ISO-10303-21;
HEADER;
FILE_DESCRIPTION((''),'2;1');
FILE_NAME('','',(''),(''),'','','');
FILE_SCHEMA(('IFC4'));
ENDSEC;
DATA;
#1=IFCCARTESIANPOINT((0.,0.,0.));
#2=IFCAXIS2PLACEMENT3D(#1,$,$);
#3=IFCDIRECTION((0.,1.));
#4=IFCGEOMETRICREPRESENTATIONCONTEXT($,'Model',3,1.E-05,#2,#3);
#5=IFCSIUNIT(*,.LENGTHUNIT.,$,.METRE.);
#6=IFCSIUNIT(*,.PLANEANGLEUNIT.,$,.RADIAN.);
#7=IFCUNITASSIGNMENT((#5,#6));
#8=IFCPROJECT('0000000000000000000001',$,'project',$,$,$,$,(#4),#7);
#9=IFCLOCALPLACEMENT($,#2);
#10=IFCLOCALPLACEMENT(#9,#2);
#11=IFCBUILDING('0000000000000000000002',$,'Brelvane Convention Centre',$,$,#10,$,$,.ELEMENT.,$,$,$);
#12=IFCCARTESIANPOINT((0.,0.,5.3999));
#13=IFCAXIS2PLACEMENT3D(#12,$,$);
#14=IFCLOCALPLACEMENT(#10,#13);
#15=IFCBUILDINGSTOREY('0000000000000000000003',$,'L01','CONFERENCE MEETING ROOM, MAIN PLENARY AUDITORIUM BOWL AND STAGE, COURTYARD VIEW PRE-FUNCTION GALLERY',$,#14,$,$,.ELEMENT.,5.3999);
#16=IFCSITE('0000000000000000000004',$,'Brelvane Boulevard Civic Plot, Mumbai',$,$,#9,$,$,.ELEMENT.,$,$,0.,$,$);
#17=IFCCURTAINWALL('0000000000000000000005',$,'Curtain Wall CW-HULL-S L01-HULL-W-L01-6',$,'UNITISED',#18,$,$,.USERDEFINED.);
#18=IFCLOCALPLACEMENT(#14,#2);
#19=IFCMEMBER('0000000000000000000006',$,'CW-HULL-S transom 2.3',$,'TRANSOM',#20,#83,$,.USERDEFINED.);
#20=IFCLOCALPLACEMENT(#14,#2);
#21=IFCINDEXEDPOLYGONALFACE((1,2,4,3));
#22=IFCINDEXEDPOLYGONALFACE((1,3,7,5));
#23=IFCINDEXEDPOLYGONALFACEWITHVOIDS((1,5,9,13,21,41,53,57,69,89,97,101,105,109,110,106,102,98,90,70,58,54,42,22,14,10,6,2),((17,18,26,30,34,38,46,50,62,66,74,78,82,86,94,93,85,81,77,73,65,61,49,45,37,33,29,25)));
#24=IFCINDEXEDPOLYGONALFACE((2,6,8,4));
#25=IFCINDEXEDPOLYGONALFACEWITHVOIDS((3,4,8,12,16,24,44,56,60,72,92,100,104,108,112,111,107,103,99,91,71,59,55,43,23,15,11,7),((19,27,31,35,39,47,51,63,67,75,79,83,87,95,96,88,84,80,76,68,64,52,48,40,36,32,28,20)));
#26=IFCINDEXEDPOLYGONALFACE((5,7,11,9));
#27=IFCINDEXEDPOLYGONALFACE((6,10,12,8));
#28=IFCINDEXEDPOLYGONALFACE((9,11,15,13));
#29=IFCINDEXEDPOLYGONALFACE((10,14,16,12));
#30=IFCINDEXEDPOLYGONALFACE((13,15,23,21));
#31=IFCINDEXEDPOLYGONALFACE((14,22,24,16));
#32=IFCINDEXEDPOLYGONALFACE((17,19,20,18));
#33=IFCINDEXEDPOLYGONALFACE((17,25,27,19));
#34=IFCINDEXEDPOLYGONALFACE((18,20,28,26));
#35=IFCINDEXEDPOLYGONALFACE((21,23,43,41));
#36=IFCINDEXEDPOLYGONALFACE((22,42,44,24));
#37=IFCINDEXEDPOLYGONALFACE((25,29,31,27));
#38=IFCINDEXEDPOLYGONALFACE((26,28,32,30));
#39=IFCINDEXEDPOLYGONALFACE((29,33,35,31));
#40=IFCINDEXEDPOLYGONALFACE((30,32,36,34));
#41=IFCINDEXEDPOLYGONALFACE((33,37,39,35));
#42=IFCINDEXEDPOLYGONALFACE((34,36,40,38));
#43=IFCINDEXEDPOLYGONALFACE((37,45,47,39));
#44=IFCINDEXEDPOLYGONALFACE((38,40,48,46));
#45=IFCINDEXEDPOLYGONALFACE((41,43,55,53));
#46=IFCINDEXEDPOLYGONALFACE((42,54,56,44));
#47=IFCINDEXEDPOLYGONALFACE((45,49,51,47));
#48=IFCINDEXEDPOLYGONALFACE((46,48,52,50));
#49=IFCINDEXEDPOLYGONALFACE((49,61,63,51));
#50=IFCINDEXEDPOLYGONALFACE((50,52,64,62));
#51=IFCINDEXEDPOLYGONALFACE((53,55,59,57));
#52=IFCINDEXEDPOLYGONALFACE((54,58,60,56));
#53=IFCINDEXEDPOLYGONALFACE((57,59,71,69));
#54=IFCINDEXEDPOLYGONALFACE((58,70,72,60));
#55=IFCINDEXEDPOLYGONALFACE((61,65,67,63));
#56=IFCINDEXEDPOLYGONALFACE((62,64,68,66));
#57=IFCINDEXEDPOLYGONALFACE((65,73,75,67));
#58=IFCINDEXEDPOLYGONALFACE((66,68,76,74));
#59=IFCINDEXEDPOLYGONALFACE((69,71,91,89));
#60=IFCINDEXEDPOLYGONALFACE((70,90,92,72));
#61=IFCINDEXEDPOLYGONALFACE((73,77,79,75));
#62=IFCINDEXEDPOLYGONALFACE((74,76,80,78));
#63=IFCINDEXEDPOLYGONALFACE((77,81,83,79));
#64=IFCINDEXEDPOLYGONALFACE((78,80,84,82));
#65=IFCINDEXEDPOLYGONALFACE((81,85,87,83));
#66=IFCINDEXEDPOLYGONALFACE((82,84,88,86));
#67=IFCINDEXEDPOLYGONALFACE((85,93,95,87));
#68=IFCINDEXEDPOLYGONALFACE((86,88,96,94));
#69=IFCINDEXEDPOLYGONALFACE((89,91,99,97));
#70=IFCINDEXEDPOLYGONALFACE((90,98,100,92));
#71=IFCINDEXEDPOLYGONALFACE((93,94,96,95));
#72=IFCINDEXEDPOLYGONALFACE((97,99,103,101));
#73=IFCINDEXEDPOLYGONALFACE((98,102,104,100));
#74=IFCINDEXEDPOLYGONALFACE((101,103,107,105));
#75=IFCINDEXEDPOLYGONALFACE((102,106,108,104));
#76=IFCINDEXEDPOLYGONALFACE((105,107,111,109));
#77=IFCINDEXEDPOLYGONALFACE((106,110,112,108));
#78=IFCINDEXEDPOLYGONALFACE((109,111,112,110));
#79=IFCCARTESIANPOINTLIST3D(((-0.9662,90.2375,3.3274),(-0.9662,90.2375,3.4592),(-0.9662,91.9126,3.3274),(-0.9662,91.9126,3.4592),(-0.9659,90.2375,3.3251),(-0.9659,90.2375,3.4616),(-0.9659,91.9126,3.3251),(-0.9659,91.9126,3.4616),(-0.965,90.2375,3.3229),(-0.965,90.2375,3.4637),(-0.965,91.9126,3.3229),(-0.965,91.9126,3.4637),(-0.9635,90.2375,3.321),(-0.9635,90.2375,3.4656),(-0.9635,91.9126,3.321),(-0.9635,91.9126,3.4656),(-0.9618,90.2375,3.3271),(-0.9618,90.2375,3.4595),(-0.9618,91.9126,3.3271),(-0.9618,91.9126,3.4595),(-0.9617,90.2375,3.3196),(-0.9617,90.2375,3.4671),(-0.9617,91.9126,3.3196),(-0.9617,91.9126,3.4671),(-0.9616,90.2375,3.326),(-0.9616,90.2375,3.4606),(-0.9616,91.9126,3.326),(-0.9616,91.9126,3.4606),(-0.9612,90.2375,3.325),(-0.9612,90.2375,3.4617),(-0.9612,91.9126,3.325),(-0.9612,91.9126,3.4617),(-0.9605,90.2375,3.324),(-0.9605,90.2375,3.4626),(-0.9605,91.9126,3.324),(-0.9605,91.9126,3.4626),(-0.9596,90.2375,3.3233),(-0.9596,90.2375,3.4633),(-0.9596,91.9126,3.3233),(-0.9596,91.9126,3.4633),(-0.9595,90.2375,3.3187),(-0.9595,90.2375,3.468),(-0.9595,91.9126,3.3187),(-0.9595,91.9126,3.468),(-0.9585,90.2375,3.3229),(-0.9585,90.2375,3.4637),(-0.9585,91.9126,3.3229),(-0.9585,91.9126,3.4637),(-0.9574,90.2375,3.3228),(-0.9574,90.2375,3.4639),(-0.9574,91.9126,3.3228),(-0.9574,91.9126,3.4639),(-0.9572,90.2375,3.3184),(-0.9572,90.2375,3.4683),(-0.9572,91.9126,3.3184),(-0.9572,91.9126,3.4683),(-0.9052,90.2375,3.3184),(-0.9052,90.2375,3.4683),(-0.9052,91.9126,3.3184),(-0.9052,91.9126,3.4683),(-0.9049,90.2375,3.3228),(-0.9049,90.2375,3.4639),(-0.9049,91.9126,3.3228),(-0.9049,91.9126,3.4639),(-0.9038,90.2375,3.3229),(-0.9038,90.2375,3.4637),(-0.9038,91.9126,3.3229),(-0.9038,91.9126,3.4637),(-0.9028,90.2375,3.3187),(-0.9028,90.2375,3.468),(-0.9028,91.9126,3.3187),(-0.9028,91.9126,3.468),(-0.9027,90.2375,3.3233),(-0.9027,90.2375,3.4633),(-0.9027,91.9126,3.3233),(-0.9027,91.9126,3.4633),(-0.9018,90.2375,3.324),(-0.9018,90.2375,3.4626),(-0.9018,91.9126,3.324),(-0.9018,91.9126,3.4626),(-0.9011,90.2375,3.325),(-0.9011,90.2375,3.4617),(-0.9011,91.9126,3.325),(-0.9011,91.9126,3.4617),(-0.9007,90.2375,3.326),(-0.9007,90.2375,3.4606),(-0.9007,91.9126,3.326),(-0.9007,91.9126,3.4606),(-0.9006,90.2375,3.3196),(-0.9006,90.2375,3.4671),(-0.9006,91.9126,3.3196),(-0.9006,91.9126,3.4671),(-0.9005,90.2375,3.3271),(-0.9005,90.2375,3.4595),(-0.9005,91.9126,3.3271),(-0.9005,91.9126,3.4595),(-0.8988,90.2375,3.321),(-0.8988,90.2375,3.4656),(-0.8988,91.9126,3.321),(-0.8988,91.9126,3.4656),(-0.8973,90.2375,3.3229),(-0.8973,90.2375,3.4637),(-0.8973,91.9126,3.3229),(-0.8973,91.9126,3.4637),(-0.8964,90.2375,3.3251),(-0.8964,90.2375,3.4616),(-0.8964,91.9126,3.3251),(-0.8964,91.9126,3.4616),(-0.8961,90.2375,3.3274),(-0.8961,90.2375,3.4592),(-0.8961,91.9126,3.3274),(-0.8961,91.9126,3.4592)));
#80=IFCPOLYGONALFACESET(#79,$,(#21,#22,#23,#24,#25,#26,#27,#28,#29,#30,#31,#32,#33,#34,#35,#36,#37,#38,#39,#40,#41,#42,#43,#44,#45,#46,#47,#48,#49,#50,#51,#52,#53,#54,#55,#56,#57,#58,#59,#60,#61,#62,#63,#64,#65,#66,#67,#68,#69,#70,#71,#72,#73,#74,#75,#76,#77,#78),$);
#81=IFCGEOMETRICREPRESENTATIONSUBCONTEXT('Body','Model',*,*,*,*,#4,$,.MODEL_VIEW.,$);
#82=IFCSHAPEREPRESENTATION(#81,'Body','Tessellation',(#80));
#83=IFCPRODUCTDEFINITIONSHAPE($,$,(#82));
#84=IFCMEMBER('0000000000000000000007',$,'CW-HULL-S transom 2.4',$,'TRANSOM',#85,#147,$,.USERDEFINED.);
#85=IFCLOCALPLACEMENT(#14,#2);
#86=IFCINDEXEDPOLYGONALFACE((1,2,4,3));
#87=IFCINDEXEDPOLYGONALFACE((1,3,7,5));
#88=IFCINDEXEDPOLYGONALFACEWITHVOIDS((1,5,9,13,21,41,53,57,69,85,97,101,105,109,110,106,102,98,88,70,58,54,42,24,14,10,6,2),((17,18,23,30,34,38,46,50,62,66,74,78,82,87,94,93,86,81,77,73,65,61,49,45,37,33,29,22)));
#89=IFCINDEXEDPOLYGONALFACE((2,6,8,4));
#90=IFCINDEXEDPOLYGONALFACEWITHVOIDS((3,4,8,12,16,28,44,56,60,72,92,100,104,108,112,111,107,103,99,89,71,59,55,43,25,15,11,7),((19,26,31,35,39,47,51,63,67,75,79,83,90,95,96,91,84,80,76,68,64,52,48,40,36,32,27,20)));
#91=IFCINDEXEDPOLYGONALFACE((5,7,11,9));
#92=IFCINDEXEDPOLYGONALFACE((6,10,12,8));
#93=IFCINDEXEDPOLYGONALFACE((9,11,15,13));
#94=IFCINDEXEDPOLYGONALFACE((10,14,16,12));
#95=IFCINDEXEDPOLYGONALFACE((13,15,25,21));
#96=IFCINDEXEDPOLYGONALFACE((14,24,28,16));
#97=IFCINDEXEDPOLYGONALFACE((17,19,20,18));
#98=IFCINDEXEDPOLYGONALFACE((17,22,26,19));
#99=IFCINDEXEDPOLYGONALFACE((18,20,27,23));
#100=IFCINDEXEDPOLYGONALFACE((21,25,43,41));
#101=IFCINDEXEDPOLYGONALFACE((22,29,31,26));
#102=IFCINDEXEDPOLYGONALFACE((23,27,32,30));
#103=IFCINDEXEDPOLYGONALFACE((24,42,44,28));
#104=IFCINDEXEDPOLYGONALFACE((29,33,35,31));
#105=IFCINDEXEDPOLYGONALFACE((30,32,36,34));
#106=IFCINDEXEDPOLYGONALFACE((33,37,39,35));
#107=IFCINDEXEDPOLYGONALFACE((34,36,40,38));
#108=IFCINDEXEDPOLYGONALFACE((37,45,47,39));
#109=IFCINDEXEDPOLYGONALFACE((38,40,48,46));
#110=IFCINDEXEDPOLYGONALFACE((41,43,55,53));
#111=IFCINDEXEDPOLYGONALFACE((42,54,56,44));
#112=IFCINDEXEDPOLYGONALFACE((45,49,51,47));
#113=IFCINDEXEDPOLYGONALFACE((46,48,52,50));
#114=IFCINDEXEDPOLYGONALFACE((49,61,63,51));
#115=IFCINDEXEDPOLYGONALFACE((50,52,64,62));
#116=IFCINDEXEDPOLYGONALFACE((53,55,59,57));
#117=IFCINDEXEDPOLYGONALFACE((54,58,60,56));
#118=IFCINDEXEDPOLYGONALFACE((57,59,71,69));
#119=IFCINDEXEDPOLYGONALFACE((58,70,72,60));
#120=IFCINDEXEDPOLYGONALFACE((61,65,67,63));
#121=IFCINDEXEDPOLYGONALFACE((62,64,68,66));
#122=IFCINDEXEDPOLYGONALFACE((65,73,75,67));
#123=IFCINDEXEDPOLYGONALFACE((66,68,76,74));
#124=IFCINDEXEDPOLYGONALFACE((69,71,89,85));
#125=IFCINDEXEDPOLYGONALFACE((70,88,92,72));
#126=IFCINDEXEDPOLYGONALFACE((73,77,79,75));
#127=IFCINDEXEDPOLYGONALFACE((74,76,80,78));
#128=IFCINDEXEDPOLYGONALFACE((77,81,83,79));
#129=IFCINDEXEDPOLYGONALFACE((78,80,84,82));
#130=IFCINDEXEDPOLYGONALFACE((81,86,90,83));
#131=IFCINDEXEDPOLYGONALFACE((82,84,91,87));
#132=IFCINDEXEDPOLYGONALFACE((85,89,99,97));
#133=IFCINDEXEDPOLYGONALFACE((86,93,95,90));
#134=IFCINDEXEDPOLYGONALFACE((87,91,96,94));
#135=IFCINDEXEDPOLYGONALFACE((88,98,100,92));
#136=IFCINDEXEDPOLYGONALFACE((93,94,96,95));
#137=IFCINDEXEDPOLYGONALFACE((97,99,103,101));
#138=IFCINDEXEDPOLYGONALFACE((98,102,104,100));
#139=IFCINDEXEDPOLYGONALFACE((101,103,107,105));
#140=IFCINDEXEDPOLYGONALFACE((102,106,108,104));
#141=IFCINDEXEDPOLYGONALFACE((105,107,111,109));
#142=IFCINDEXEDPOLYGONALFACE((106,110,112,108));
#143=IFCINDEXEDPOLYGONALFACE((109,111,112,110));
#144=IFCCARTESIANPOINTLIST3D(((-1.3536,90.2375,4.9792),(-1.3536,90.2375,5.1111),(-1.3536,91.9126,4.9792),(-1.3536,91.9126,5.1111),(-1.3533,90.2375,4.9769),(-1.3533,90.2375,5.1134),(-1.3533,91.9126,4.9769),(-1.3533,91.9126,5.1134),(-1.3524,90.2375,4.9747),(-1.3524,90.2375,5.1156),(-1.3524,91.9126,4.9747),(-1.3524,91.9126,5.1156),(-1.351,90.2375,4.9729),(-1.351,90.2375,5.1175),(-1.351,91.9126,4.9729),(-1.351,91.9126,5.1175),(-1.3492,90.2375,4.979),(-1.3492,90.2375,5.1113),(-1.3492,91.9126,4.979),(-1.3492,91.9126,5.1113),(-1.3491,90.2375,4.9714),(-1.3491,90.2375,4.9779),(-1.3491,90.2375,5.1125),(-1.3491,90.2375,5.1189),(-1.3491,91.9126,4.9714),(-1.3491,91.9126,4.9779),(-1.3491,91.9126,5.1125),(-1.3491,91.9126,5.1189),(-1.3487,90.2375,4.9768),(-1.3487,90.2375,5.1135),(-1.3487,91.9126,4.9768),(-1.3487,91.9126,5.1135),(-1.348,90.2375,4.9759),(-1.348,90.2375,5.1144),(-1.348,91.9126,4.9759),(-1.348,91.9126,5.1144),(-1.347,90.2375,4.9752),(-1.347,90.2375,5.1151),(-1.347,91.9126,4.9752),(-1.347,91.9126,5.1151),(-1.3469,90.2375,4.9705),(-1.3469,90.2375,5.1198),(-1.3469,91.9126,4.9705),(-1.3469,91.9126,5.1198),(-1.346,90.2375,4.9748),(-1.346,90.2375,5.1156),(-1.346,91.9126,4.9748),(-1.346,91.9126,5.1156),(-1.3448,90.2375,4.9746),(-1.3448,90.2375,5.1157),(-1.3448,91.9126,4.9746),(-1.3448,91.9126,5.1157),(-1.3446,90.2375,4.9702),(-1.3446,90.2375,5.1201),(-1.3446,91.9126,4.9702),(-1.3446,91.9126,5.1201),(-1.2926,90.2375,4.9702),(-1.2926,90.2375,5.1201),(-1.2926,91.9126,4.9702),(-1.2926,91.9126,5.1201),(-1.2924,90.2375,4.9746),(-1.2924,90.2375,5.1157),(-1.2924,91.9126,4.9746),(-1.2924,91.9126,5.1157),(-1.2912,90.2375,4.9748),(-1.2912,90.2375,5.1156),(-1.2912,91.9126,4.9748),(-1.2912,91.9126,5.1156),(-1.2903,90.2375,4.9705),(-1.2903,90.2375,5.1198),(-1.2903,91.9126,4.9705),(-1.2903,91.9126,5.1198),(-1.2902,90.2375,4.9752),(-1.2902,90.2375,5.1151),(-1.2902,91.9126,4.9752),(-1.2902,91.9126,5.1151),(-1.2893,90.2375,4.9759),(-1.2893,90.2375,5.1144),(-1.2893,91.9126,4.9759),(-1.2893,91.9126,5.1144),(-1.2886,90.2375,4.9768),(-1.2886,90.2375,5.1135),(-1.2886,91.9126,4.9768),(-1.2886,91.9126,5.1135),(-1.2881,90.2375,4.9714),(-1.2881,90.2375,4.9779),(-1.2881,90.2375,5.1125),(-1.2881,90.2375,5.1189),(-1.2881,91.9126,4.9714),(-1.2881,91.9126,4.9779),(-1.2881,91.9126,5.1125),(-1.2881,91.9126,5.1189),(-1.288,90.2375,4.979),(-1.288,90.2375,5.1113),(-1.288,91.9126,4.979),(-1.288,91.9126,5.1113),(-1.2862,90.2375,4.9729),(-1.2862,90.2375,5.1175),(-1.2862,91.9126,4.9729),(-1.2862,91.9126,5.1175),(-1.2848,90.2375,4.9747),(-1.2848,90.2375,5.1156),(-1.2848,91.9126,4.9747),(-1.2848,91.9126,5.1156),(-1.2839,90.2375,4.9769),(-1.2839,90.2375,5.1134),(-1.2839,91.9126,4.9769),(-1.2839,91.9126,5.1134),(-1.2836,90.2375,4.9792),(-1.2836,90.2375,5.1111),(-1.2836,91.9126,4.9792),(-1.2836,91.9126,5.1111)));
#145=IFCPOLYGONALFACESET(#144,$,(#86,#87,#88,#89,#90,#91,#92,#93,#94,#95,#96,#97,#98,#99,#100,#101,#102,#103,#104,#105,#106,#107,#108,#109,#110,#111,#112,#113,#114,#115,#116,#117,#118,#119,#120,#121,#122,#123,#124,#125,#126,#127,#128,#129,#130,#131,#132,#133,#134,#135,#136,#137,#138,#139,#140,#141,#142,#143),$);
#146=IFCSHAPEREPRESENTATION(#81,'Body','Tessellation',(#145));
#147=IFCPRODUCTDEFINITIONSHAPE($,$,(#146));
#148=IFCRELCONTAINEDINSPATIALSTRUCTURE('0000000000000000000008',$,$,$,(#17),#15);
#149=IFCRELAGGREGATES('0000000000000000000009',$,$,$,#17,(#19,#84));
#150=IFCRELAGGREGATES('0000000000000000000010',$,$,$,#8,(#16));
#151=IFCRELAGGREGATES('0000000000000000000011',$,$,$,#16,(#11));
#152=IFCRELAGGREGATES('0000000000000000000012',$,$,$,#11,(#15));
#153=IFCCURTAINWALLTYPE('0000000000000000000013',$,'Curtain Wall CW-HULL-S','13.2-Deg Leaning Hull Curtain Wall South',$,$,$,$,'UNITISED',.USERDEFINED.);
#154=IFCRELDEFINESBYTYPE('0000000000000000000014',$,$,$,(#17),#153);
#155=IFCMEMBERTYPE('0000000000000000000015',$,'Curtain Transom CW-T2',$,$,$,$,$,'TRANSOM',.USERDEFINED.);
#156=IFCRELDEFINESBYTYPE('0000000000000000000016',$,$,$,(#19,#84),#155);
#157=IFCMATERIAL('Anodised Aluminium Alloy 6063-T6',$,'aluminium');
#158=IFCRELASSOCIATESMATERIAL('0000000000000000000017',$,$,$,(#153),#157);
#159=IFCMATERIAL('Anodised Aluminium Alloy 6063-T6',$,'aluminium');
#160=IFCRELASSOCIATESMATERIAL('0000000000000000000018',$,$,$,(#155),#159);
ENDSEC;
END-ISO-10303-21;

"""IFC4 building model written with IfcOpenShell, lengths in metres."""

from ifc_helpers import new_model, si_unit, direction, frame, origin, origin_2d, place, context, subcontext, project, spatial, hollow_rectangle, extrude, material, material_profile, profile_set, type_object, element, aggregate, save


model = new_model("IFC4")

# Units and contexts
model_context = context("Model", 3, precision=1e-05, world=origin(), true_north=direction((0.0, 1.0)))
body_context = subcontext(model_context, "Body", "Model", "MODEL_VIEW")
ifc_project = project(units=[si_unit("LENGTHUNIT", "METRE"), si_unit("PLANEANGLEUNIT", "RADIAN")], contexts=[model_context])

# Site, building, storey
site_placement = place(None, origin())
site = spatial("IfcSite", under=ifc_project, at=site_placement, Name="Brelvane Boulevard Civic Plot, Mumbai", CompositionType="ELEMENT", RefElevation=0.0)
building_placement = place(site_placement, origin())
building = spatial("IfcBuilding", under=site, at=building_placement, Name="Brelvane Convention Centre", CompositionType="ELEMENT")
storey_placement = place(building_placement, frame((0.0, 0.0, 5.3999)))
storey = spatial("IfcBuildingStorey", under=building, at=storey_placement, Name="L01", Description="CONFERENCE MEETING ROOM, MAIN PLENARY AUDITORIUM BOWL AND STAGE, COURTYARD VIEW PRE-FUNCTION GALLERY", CompositionType="ELEMENT", Elevation=5.3999)

# Shared definitions
ifc_material_1 = material(Name="Anodised Aluminium Alloy 6063-T6", Category="aluminium")
curtain_wall_type = type_object("IfcCurtainWallType", Name="Curtain Wall CW-HULL-S", Description="13.2-Deg Leaning Hull Curtain Wall South", ElementType="UNITISED", PredefinedType="USERDEFINED", material=ifc_material_1)

# Curtain wall
curtain_wall_1_placement = place(storey_placement, origin())
curtain_wall_1 = element("IfcCurtainWall", 1, at=curtain_wall_1_placement, inside=storey, type_object=curtain_wall_type, Name="Curtain Wall CW-HULL-S L01-HULL-W-L01-6", ObjectType="UNITISED", PredefinedType="USERDEFINED")

# Members
ifc_material_2 = material(Name="Anodised Aluminium Alloy 6063-T6", Category="aluminium")
ifc_material_profile_1 = material_profile(ifc_material_2, hollow_rectangle(XDim=0.0701, YDim=0.1499, WallThickness=0.0044, InnerFilletRadius=0.0044, OuterFilletRadius=0.009, at=origin_2d()), Name="ALU-T 150x70x4.5")
ifc_profile_set_1 = profile_set([ifc_material_profile_1], Name="Anodised Aluminium Alloy 6063-T6")
member_type_1 = type_object("IfcMemberType", Name="Curtain Transom CW-T2", ElementType="TRANSOM", PredefinedType="USERDEFINED", material=ifc_profile_set_1)
member_1_placement = place(storey_placement, frame((-0.9312, 90.2375, 3.3933), z_axis=(0.0, 1.0, 0.0), x_axis=(-1.0, 0.0, 0.0)))
member_1 = element("IfcMember", 2, at=member_1_placement, type_object=member_type_1, Name="CW-HULL-S transom 2.3", ObjectType="TRANSOM", PredefinedType="USERDEFINED", context=body_context, shape_type="SweptSolid", body=[
    extrude(hollow_rectangle(XDim=0.0701, YDim=0.1499, WallThickness=0.0044, InnerFilletRadius=0.0044, OuterFilletRadius=0.009, at=origin_2d()), origin(), (0.0, 0.0, 1.0), 1.675),
])
member_2_placement = place(storey_placement, frame((-1.3186, 90.2375, 5.0452), z_axis=(0.0, 1.0, 0.0), x_axis=(-1.0, 0.0, 0.0)))
member_2 = element("IfcMember", 3, at=member_2_placement, type_object=member_type_1, Name="CW-HULL-S transom 2.4", ObjectType="TRANSOM", PredefinedType="USERDEFINED", context=body_context, shape_type="SweptSolid", body=[
    extrude(hollow_rectangle(XDim=0.0701, YDim=0.1499, WallThickness=0.0044, InnerFilletRadius=0.0044, OuterFilletRadius=0.009, at=origin_2d()), origin(), (0.0, 0.0, 1.0), 1.675),
])

aggregate(curtain_wall_1, [member_1, member_2])

save(model, "model.ifc")
